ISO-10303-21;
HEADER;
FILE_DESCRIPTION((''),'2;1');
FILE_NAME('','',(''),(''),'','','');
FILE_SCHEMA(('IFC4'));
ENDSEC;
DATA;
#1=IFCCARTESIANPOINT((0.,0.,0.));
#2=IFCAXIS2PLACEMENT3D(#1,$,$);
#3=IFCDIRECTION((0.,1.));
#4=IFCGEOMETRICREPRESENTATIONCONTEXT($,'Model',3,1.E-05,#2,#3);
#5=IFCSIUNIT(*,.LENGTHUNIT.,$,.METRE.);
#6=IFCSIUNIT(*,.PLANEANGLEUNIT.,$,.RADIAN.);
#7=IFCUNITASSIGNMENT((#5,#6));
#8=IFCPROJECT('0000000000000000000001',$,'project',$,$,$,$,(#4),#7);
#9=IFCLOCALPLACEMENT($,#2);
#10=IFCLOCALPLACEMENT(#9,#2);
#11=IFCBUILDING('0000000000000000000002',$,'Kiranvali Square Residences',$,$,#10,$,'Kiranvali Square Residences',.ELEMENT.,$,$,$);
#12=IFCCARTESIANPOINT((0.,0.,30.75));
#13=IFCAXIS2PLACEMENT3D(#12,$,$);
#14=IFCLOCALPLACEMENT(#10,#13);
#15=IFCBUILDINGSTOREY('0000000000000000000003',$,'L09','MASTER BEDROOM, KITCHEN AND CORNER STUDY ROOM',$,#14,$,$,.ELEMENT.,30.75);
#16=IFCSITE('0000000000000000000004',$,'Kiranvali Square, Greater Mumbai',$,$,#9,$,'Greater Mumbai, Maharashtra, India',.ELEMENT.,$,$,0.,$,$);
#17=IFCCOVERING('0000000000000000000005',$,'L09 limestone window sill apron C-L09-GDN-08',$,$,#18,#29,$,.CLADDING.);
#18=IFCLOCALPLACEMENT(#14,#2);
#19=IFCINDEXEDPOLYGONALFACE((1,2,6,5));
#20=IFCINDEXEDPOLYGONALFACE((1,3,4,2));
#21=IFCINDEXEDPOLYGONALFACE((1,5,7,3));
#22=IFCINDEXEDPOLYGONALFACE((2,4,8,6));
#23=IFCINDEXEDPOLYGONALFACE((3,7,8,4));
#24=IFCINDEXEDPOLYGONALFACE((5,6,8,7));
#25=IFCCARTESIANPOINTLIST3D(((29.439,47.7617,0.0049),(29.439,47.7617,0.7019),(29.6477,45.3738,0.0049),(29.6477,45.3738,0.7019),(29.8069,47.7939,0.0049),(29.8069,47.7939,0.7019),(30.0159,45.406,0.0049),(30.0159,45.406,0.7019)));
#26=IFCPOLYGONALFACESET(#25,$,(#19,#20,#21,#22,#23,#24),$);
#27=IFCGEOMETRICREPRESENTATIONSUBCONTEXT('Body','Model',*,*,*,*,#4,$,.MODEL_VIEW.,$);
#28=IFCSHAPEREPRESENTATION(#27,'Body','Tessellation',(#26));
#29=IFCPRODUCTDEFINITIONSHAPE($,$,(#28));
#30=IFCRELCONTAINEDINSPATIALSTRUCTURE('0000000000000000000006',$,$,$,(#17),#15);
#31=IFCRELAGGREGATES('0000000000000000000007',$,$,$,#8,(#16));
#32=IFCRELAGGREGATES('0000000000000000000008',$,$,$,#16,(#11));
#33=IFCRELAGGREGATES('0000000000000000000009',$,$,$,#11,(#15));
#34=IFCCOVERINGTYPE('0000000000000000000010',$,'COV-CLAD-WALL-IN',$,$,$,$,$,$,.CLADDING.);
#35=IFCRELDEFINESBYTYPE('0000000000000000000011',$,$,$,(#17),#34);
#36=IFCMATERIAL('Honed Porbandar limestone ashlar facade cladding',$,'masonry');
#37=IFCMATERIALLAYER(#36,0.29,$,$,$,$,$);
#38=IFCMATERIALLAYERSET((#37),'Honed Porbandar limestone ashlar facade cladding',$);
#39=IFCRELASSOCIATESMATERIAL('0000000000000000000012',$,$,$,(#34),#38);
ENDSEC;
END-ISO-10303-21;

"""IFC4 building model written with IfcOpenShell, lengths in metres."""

from ifc_helpers import new_model, si_unit, direction, frame, origin, place, context, subcontext, project, spatial, polyline, outline, extrude, material, layer, layer_set, type_object, element, save


model = new_model("IFC4")

# Units and contexts
model_context = context("Model", 3, precision=1e-05, world=origin(), true_north=direction((0.0, 1.0)))
body_context = subcontext(model_context, "Body", "Model", "MODEL_VIEW")
ifc_project = project(units=[si_unit("LENGTHUNIT", "METRE"), si_unit("PLANEANGLEUNIT", "RADIAN")], contexts=[model_context])

# Site, building, storey
site_placement = place(None, origin())
site = spatial("IfcSite", under=ifc_project, at=site_placement, Name="Kiranvali Square, Greater Mumbai", LongName="Greater Mumbai, Maharashtra, India", CompositionType="ELEMENT", RefElevation=0.0)
building_placement = place(site_placement, origin())
building = spatial("IfcBuilding", under=site, at=building_placement, Name="Kiranvali Square Residences", LongName="Kiranvali Square Residences", CompositionType="ELEMENT")
storey_placement = place(building_placement, frame((0.0, 0.0, 30.75)))
storey = spatial("IfcBuildingStorey", under=building, at=storey_placement, Name="L09", Description="MASTER BEDROOM, KITCHEN AND CORNER STUDY ROOM", CompositionType="ELEMENT", Elevation=30.75)

# Covering
ifc_material = material(Name="Honed Porbandar limestone ashlar facade cladding", Category="masonry")
ifc_layer_1 = layer(ifc_material, 0.29)
ifc_layer_set_1 = layer_set([ifc_layer_1], Name="Honed Porbandar limestone ashlar facade cladding")
covering_type_1 = type_object("IfcCoveringType", Name="COV-CLAD-WALL-IN", PredefinedType="CLADDING", material=ifc_layer_set_1)
covering_1_placement = place(storey_placement, frame((0.0, 0.0, 0.0049)))
element("IfcCovering", 1, at=covering_1_placement, inside=storey, type_object=covering_type_1, Name="L09 limestone window sill apron C-L09-GDN-08", PredefinedType="CLADDING", context=body_context, shape_type="SweptSolid", body=[
    extrude(outline(polyline([(30.0159, 45.406), (29.8069, 47.7939), (29.439, 47.7617), (29.6477, 45.3738), (30.0159, 45.406)])), origin(), (0.0, 0.0, 1.0), 0.697),
])

save(model, "model.ifc")
